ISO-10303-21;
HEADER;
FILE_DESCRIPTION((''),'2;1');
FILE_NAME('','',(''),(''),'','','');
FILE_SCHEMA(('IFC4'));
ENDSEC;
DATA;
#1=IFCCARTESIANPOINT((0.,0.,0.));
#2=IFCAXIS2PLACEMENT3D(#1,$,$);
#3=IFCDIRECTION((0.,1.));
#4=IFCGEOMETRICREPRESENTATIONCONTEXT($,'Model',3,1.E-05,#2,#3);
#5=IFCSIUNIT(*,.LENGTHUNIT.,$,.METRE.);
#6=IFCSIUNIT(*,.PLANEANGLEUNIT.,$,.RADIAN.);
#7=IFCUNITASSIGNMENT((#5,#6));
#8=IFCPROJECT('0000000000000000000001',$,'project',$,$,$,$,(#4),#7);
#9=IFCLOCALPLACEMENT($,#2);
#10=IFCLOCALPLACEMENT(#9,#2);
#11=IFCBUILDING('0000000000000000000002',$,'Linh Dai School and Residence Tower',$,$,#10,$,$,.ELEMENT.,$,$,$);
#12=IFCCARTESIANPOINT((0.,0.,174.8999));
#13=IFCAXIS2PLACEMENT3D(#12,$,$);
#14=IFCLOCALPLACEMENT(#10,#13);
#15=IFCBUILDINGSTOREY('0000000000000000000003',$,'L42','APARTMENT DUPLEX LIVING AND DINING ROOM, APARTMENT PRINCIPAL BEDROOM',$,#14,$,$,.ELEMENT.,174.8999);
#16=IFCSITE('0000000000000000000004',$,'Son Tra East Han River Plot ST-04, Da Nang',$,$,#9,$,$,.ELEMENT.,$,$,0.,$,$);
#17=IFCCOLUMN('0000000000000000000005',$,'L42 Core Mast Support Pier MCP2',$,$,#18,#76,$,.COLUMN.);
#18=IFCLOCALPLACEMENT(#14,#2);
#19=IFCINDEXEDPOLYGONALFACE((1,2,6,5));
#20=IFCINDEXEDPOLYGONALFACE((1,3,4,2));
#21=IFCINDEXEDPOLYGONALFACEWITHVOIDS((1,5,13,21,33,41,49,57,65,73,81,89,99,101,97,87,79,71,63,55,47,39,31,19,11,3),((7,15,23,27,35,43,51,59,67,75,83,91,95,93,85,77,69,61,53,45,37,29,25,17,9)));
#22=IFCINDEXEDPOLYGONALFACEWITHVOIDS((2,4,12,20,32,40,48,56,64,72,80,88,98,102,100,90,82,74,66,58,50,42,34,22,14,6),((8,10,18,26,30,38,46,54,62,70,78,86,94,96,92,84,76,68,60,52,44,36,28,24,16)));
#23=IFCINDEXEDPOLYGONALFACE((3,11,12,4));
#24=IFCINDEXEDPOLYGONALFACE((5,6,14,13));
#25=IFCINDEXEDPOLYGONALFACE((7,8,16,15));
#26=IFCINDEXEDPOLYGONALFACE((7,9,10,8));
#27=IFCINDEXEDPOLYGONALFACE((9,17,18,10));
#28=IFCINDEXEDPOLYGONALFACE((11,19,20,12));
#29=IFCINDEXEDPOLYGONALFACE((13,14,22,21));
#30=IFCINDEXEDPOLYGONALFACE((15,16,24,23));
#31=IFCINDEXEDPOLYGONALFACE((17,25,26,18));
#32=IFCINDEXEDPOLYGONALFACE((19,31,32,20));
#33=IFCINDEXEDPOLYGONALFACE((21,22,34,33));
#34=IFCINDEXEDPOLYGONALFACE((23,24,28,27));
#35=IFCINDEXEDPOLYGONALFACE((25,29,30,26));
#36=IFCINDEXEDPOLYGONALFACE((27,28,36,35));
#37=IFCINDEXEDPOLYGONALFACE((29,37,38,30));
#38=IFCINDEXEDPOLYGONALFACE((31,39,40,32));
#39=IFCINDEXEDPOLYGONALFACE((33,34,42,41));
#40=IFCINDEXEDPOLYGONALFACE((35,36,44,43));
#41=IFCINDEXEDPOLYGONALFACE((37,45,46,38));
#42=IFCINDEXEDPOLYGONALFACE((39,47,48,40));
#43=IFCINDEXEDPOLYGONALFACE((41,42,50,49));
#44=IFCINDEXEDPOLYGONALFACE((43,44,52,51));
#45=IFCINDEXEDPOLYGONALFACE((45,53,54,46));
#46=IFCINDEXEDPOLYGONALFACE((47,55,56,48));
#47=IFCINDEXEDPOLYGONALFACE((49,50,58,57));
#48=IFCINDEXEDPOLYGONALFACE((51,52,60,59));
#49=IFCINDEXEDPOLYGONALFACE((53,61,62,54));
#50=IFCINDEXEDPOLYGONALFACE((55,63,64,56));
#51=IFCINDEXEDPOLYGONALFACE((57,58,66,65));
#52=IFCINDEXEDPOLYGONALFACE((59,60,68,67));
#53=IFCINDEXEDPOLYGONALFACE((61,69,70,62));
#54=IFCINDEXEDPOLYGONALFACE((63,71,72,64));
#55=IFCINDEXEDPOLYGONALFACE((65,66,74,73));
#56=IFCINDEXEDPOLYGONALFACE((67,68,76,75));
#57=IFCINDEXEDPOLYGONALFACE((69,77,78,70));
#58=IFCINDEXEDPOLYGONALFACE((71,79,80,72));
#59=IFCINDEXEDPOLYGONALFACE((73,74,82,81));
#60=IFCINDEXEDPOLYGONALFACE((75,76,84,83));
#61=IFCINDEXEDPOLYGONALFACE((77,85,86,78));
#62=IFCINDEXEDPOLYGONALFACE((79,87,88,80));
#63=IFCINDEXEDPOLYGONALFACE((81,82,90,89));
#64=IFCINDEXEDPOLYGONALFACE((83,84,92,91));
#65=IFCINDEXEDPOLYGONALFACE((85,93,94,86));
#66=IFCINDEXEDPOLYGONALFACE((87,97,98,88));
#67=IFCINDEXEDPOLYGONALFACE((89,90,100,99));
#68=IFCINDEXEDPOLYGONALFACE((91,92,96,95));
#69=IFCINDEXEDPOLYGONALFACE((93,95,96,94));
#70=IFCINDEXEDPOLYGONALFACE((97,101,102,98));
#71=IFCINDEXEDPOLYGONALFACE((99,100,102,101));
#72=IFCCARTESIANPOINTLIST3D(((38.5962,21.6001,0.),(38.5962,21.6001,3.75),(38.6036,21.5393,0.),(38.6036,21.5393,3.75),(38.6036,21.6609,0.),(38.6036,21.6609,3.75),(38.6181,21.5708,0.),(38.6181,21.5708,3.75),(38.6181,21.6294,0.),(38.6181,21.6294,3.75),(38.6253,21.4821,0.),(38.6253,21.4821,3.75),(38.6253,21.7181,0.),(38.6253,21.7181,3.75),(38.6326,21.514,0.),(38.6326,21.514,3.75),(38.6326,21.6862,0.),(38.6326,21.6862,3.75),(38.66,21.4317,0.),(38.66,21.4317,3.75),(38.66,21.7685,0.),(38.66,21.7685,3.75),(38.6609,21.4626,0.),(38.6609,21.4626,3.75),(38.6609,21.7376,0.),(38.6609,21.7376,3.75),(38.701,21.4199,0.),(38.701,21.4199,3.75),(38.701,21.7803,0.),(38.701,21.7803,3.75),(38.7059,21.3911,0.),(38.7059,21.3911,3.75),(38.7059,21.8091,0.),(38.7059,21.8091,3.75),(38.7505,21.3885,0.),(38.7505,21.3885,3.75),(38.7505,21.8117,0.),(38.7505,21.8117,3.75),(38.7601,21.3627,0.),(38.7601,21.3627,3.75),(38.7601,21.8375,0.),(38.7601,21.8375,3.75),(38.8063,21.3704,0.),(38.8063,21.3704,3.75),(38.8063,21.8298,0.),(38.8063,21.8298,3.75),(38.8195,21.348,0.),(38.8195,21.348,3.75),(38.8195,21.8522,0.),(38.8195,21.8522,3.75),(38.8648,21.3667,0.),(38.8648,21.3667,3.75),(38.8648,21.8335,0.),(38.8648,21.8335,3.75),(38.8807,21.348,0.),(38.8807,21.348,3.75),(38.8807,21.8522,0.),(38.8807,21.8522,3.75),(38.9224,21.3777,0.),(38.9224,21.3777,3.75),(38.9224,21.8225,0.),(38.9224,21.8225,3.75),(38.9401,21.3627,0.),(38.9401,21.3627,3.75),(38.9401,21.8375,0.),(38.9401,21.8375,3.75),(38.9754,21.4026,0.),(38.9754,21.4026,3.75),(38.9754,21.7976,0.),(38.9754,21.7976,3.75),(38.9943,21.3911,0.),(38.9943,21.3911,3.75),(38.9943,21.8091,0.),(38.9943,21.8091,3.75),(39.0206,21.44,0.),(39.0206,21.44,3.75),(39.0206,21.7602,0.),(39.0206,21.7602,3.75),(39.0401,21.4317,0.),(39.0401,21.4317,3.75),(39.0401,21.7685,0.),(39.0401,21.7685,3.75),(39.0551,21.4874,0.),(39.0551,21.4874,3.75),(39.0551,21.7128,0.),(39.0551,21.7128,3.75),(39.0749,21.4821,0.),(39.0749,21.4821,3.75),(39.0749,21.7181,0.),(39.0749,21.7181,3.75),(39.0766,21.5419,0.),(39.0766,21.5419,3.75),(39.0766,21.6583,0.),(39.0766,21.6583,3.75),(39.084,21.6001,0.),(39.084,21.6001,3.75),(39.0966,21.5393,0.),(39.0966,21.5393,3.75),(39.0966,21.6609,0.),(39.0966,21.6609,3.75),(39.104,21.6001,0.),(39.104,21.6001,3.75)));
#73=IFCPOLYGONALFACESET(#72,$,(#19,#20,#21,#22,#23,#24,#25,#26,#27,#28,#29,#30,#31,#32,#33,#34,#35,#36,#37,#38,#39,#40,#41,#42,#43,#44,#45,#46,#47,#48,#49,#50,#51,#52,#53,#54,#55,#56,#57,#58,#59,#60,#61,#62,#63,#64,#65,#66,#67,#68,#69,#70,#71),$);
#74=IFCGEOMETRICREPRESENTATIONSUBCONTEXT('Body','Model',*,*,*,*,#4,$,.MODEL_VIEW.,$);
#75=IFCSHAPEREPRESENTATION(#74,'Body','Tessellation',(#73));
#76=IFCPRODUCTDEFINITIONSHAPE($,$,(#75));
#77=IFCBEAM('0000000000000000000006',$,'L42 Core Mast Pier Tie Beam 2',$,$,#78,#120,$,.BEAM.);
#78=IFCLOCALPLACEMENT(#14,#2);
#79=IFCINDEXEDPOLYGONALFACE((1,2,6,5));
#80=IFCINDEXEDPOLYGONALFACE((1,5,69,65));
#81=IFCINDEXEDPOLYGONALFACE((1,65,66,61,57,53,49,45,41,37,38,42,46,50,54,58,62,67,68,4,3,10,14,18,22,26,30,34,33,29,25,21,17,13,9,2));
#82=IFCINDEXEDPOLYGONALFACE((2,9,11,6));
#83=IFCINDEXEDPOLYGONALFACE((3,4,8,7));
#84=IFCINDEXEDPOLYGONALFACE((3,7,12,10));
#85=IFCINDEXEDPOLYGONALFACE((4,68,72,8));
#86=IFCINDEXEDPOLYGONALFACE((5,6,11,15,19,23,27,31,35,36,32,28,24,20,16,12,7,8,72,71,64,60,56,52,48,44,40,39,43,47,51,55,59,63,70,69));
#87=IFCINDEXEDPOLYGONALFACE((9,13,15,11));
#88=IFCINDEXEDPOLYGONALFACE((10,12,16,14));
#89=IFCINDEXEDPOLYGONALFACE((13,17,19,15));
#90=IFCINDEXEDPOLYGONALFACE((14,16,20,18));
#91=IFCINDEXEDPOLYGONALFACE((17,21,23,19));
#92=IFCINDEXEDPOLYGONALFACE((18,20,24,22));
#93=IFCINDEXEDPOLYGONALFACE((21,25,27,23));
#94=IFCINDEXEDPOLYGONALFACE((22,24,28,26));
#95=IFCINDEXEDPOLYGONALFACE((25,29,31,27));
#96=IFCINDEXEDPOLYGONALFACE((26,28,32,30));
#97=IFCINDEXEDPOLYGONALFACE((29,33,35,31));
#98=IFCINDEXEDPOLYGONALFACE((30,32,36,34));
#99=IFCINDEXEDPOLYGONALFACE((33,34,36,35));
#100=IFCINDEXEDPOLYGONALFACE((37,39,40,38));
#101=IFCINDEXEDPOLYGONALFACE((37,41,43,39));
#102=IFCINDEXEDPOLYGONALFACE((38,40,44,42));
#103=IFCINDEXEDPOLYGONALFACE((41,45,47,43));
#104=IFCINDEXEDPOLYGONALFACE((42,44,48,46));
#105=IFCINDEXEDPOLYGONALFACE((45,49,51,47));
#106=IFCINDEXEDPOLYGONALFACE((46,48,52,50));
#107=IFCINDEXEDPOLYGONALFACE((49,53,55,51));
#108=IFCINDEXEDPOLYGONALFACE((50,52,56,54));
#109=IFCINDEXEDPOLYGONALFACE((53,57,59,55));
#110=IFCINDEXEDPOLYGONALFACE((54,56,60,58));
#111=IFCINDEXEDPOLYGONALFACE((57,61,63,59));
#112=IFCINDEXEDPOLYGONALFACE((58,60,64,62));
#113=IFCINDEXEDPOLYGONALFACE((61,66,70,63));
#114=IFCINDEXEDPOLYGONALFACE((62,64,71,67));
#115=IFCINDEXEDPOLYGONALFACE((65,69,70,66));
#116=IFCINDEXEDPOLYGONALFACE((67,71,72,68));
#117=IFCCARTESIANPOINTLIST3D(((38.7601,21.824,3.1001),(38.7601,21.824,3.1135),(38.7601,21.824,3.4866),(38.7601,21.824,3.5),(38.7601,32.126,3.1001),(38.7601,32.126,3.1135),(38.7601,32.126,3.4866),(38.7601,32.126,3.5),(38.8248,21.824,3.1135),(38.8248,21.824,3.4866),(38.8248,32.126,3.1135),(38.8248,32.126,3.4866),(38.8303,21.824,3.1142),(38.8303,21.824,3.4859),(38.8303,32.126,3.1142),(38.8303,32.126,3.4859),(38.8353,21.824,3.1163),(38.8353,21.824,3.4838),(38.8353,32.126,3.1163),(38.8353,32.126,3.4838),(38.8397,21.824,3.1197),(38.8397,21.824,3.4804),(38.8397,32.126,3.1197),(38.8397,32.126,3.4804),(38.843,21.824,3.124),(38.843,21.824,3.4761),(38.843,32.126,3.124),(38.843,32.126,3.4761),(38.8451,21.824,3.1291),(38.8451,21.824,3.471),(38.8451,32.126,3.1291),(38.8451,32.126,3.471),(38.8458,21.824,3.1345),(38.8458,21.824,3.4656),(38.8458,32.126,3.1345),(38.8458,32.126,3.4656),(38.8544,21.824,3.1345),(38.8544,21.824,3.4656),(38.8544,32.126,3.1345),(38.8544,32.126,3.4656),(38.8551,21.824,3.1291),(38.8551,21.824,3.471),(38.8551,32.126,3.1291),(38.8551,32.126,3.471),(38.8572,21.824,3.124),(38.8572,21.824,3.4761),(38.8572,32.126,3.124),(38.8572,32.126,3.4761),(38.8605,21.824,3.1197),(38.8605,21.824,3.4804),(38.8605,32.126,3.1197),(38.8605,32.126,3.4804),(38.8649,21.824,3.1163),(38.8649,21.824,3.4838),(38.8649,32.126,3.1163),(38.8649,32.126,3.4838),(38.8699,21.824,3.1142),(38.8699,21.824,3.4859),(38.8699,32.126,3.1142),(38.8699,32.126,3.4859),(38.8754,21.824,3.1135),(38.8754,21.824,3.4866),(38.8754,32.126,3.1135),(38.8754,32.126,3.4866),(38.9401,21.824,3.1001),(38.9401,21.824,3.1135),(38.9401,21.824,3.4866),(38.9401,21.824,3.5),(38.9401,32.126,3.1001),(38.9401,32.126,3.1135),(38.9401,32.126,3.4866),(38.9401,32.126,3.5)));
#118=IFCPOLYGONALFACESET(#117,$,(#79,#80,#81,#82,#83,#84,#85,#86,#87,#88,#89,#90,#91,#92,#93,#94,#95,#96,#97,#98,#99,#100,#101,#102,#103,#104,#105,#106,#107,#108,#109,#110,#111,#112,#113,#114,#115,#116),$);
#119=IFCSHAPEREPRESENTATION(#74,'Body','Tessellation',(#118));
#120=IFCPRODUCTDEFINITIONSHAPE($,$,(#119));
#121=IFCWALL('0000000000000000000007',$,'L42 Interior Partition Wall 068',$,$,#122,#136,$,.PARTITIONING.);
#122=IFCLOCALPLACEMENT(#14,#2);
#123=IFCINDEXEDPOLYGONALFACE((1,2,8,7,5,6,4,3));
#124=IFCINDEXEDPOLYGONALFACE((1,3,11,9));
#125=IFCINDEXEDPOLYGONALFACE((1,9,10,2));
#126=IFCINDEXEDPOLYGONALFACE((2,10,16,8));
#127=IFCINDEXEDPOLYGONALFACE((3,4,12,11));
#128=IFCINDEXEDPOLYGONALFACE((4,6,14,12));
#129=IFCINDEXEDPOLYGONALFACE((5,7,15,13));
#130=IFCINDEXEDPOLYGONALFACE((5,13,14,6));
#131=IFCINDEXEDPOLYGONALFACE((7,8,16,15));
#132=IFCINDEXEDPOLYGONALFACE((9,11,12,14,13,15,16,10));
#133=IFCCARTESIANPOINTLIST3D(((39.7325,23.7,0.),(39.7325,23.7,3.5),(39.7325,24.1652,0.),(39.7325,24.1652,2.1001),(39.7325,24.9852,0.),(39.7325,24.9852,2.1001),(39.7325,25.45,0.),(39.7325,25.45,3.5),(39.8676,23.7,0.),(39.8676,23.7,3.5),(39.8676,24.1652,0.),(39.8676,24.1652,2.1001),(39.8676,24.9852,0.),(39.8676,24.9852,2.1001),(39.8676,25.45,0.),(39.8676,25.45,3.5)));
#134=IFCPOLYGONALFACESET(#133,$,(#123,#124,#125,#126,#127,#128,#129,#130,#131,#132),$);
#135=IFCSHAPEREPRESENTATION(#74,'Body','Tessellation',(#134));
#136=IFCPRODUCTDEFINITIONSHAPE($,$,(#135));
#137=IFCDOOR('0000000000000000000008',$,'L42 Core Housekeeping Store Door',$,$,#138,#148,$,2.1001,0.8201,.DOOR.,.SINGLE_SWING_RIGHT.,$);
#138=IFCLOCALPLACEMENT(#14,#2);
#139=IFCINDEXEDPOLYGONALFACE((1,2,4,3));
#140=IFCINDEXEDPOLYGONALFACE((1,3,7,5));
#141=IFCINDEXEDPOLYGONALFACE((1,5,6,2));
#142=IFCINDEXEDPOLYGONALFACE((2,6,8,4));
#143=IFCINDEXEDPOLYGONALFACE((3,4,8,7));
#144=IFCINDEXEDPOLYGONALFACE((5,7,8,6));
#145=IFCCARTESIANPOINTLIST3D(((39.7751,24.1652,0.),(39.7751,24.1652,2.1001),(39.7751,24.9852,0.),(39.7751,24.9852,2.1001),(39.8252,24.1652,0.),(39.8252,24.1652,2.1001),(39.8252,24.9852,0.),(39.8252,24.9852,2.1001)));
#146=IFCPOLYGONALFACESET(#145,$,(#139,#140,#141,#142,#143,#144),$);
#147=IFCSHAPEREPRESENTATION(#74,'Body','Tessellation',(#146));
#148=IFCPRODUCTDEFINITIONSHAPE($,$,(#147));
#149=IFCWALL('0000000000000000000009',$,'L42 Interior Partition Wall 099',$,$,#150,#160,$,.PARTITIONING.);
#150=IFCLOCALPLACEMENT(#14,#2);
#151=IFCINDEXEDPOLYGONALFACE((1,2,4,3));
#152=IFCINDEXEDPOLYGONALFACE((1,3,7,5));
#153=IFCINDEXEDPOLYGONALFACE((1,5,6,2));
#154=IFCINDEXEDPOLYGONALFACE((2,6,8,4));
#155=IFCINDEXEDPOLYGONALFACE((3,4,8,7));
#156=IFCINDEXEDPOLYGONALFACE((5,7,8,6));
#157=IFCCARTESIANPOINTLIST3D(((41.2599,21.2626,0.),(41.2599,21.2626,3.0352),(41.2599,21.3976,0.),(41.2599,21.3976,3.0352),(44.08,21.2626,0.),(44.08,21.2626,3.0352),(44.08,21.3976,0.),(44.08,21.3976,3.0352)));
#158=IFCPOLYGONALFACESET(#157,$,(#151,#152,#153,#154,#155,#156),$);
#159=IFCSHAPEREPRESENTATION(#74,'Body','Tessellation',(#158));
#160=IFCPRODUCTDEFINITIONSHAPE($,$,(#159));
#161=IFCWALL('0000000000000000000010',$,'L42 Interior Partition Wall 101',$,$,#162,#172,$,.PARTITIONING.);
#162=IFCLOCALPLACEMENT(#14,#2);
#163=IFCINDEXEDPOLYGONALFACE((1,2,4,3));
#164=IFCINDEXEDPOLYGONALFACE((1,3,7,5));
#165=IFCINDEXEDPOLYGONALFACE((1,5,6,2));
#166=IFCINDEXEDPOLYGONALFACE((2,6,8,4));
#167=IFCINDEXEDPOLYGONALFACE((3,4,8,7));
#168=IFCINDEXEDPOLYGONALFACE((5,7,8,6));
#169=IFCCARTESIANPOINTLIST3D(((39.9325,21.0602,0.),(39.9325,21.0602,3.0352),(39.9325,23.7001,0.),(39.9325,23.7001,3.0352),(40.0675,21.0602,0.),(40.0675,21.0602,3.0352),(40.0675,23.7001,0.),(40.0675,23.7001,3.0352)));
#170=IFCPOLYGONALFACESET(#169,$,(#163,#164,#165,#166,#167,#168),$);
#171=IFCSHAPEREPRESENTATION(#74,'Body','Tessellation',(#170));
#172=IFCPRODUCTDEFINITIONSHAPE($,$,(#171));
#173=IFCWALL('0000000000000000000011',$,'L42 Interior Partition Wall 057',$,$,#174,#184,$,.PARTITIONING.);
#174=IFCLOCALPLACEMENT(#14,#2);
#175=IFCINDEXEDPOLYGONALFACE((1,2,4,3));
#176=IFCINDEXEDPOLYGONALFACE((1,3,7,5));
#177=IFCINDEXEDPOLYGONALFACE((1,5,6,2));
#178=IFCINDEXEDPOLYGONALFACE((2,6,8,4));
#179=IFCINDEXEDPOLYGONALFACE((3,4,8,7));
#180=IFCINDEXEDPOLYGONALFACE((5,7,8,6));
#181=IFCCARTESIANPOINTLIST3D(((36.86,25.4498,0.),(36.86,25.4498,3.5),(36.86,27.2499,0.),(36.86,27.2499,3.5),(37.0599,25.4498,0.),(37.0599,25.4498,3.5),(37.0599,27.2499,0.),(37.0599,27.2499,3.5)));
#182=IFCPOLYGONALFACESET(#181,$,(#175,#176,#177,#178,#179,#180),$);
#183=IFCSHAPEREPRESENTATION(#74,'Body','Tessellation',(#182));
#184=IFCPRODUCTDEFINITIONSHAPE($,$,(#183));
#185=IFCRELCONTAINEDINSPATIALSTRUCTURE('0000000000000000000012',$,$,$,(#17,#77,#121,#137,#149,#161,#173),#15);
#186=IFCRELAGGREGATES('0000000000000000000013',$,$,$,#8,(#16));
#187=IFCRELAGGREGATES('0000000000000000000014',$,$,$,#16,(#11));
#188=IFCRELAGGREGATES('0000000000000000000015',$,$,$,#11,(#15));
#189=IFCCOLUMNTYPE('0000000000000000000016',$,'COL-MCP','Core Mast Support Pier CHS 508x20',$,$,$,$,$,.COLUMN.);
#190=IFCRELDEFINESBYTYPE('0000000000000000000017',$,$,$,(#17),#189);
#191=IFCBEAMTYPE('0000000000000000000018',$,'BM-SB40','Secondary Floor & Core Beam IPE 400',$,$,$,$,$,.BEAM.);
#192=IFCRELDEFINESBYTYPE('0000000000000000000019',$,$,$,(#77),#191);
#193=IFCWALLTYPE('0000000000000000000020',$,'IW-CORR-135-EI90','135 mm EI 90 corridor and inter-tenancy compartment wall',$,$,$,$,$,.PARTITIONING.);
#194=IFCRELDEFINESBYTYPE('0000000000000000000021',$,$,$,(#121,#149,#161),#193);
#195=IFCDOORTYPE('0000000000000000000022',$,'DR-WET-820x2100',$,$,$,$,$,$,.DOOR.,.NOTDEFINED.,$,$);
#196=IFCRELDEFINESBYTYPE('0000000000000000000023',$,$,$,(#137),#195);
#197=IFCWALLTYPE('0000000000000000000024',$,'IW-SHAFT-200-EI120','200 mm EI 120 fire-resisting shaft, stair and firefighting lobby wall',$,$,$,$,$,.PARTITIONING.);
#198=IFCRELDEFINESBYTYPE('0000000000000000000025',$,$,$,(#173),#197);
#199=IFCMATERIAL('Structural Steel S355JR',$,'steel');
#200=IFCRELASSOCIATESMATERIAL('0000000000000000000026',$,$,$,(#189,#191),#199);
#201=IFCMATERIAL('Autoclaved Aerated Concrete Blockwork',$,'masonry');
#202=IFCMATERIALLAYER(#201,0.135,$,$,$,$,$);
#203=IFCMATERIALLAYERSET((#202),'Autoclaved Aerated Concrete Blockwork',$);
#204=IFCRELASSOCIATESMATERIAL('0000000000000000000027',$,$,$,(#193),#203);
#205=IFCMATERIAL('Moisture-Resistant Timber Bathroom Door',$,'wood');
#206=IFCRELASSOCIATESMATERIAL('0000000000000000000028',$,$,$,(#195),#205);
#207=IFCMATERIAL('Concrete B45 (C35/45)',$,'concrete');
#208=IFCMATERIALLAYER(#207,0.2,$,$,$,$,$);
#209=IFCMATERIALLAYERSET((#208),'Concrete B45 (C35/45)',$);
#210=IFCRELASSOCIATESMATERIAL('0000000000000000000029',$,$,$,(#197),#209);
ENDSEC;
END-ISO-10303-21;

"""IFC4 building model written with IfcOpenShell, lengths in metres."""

from ifc_helpers import new_model, si_unit, direction, frame, frame_2d, origin, origin_2d, place, context, subcontext, project, spatial, rectangle, hollow_circle, i_section, extrude, source, transform, mapped, material, layer, layer_set, material_profile, profile_set, type_object, element, fill, save


model = new_model("IFC4")

# Units and contexts
model_context = context("Model", 3, precision=1e-05, world=origin(), true_north=direction((0.0, 1.0)))
body_context = subcontext(model_context, "Body", "Model", "MODEL_VIEW")
ifc_project = project(units=[si_unit("LENGTHUNIT", "METRE"), si_unit("PLANEANGLEUNIT", "RADIAN")], contexts=[model_context])

# Site, building, storey
site_placement = place(None, origin())
site = spatial("IfcSite", under=ifc_project, at=site_placement, Name="Son Tra East Han River Plot ST-04, Da Nang", CompositionType="ELEMENT", RefElevation=0.0)
building_placement = place(site_placement, origin())
building = spatial("IfcBuilding", under=site, at=building_placement, Name="Linh Dai School and Residence Tower", CompositionType="ELEMENT")
storey_placement = place(building_placement, frame((0.0, 0.0, 174.8999)))
storey = spatial("IfcBuildingStorey", under=building, at=storey_placement, Name="L42", Description="APARTMENT DUPLEX LIVING AND DINING ROOM, APARTMENT PRINCIPAL BEDROOM", CompositionType="ELEMENT", Elevation=174.8999)

# Column
ifc_material_1 = material(Name="Structural Steel S355JR", Category="steel")
ifc_material_profile_1 = material_profile(ifc_material_1, hollow_circle(Radius=0.2539, WallThickness=0.02, at=origin_2d()), Name="CHS 508x20")
ifc_profile_set_1 = profile_set([ifc_material_profile_1], Name="Structural Steel S355JR")
column_type_1 = type_object("IfcColumnType", Name="COL-MCP", Description="Core Mast Support Pier CHS 508x20", PredefinedType="COLUMN", material=ifc_profile_set_1)
column_placement = place(storey_placement, frame((38.8501, 21.6001, 0.0), z_axis=(0.0, 0.0, 1.0), x_axis=(1.0, 0.0, 0.0)))
element("IfcColumn", 1, at=column_placement, inside=storey, type_object=column_type_1, Name="L42 Core Mast Support Pier MCP2", PredefinedType="COLUMN", context=body_context, shape_type="SweptSolid", body=[
    extrude(hollow_circle(Radius=0.2539, WallThickness=0.02, at=origin_2d()), origin(), (0.0, 0.0, 1.0), 3.75),
])

# Beam
ifc_material_profile_2 = material_profile(ifc_material_1, i_section(OverallWidth=0.1799, OverallDepth=0.3999, WebThickness=0.0085, FlangeThickness=0.0134, FilletRadius=0.021, at=origin_2d()), Name="IPE 400")
ifc_profile_set_2 = profile_set([ifc_material_profile_2], Name="Structural Steel S355JR")
beam_type = type_object("IfcBeamType", Name="BM-SB40", Description="Secondary Floor & Core Beam IPE 400", PredefinedType="BEAM", material=ifc_profile_set_2)
beam_placement = place(storey_placement, frame((38.8501, 21.824, 3.3), z_axis=(0.0, 1.0, 0.0), x_axis=(-1.0, 0.0, 0.0)))
element("IfcBeam", 2, at=beam_placement, inside=storey, type_object=beam_type, Name="L42 Core Mast Pier Tie Beam 2", PredefinedType="BEAM", context=body_context, shape_type="SweptSolid", body=[
    extrude(i_section(OverallWidth=0.1799, OverallDepth=0.3999, WebThickness=0.0085, FlangeThickness=0.0134, FilletRadius=0.021, at=origin_2d()), origin(), (0.0, 0.0, 1.0), 10.302),
])

# Wall, opening, door
ifc_material_2 = material(Name="Autoclaved Aerated Concrete Blockwork", Category="masonry")
ifc_layer_1 = layer(ifc_material_2, 0.135)
ifc_layer_set_1 = layer_set([ifc_layer_1], Name="Autoclaved Aerated Concrete Blockwork")
wall_type_1 = type_object("IfcWallType", Name="IW-CORR-135-EI90", Description="135 mm EI 90 corridor and inter-tenancy compartment wall", PredefinedType="PARTITIONING", material=ifc_layer_set_1)
wall_1_placement = place(storey_placement, frame((39.8, 23.7, 0.0), z_axis=(0.0, 0.0, 1.0), x_axis=(0.0, 1.0, 0.0)))
wall_1 = element("IfcWall", 3, at=wall_1_placement, inside=storey, type_object=wall_type_1, Name="L42 Interior Partition Wall 068", PredefinedType="PARTITIONING", context=body_context, shape_type="SweptSolid", body=[
    extrude(rectangle(XDim=1.75, YDim=0.135, at=frame_2d((0.875, 0.0))), origin(), (0.0, 0.0, 1.0), 3.5),
])
opening_placement = place(wall_1_placement, frame((0.4651, 0.0, 0.0)))
opening = element("IfcOpeningElement", 4, at=opening_placement, cuts=wall_1, PredefinedType="OPENING", context=body_context, shape_type="SweptSolid", body=[
    extrude(rectangle(XDim=0.8201, YDim=2.1001, at=origin_2d()), frame((0.4102, 0.0776, 1.05), z_axis=(0.0, -1.0, 0.0), x_axis=(1.0, 0.0, 0.0)), (0.0, 0.0, 1.0), 0.155),
])
ifc_material_3 = material(Name="Moisture-Resistant Timber Bathroom Door", Category="wood")
door_type = type_object("IfcDoorType", Name="DR-WET-820x2100", OperationType="NOTDEFINED", PredefinedType="DOOR", material=ifc_material_3)
shared_shape_1 = source(origin(), body_context, "Body", "SweptSolid", [
    extrude(rectangle(XDim=0.8201, YDim=2.1001, at=origin_2d()), frame((0.4102, 0.0249, 1.05), z_axis=(0.0, -1.0, 0.0), x_axis=(1.0, 0.0, 0.0)), (0.0, 0.0, 1.0), 0.05),
])
door_placement = place(opening_placement, origin())
door = element("IfcDoor", 5, at=door_placement, inside=storey, type_object=door_type, Name="L42 Core Housekeeping Store Door", OperationType="SINGLE_SWING_RIGHT", OverallHeight=2.1001, OverallWidth=0.8201, PredefinedType="DOOR", context=body_context, shape_type="MappedRepresentation", body=[
    mapped(shared_shape_1, transform((0.0, 0.0, 0.0), x_axis=(1.0, 0.0, 0.0), y_axis=(0.0, 1.0, 0.0), z_axis=(0.0, 0.0, 1.0), scale=1.0)),
])
fill(opening, door)

# Walls
wall_2_placement = place(storey_placement, frame((44.0801, 21.3301, 0.0), z_axis=(0.0, 0.0, 1.0), x_axis=(-1.0, 0.0, 0.0)))
element("IfcWall", 6, at=wall_2_placement, inside=storey, type_object=wall_type_1, Name="L42 Interior Partition Wall 099", PredefinedType="PARTITIONING", context=body_context, shape_type="SweptSolid", body=[
    extrude(rectangle(XDim=2.8201, YDim=0.135, at=frame_2d((1.4102, 0.0))), origin(), (0.0, 0.0, 1.0), 3.0352),
])
wall_3_placement = place(storey_placement, frame((40.0, 23.7, 0.0), z_axis=(0.0, 0.0, 1.0), x_axis=(0.0, -1.0, 0.0)))
element("IfcWall", 7, at=wall_3_placement, inside=storey, type_object=wall_type_1, Name="L42 Interior Partition Wall 101", PredefinedType="PARTITIONING", context=body_context, shape_type="SweptSolid", body=[
    extrude(rectangle(XDim=2.6399, YDim=0.135, at=frame_2d((1.3198, 0.0))), origin(), (0.0, 0.0, 1.0), 3.0352),
])
ifc_material_4 = material(Name="Concrete B45 (C35/45)", Category="concrete")
ifc_layer_2 = layer(ifc_material_4, 0.2)
ifc_layer_set_2 = layer_set([ifc_layer_2], Name="Concrete B45 (C35/45)")
wall_type_2 = type_object("IfcWallType", Name="IW-SHAFT-200-EI120", Description="200 mm EI 120 fire-resisting shaft, stair and firefighting lobby wall", PredefinedType="PARTITIONING", material=ifc_layer_set_2)
for number, where, z_axis, x_axis, name in (
    (8, (36.96, 25.45, 0.0), (0.0, 0.0, 1.0), (0.0, 1.0, 0.0), "L42 Interior Partition Wall 057"),
):
    element("IfcWall", number, at=place(storey_placement, frame(where, z_axis=z_axis, x_axis=x_axis)), inside=storey, type_object=wall_type_2, Name=name, PredefinedType="PARTITIONING", context=body_context, shape_type="SweptSolid", body=[
        extrude(rectangle(XDim=1.8, YDim=0.2, at=frame_2d((0.8999, 0.0))), origin(), (0.0, 0.0, 1.0), 3.5),
    ])

save(model, "model.ifc")
